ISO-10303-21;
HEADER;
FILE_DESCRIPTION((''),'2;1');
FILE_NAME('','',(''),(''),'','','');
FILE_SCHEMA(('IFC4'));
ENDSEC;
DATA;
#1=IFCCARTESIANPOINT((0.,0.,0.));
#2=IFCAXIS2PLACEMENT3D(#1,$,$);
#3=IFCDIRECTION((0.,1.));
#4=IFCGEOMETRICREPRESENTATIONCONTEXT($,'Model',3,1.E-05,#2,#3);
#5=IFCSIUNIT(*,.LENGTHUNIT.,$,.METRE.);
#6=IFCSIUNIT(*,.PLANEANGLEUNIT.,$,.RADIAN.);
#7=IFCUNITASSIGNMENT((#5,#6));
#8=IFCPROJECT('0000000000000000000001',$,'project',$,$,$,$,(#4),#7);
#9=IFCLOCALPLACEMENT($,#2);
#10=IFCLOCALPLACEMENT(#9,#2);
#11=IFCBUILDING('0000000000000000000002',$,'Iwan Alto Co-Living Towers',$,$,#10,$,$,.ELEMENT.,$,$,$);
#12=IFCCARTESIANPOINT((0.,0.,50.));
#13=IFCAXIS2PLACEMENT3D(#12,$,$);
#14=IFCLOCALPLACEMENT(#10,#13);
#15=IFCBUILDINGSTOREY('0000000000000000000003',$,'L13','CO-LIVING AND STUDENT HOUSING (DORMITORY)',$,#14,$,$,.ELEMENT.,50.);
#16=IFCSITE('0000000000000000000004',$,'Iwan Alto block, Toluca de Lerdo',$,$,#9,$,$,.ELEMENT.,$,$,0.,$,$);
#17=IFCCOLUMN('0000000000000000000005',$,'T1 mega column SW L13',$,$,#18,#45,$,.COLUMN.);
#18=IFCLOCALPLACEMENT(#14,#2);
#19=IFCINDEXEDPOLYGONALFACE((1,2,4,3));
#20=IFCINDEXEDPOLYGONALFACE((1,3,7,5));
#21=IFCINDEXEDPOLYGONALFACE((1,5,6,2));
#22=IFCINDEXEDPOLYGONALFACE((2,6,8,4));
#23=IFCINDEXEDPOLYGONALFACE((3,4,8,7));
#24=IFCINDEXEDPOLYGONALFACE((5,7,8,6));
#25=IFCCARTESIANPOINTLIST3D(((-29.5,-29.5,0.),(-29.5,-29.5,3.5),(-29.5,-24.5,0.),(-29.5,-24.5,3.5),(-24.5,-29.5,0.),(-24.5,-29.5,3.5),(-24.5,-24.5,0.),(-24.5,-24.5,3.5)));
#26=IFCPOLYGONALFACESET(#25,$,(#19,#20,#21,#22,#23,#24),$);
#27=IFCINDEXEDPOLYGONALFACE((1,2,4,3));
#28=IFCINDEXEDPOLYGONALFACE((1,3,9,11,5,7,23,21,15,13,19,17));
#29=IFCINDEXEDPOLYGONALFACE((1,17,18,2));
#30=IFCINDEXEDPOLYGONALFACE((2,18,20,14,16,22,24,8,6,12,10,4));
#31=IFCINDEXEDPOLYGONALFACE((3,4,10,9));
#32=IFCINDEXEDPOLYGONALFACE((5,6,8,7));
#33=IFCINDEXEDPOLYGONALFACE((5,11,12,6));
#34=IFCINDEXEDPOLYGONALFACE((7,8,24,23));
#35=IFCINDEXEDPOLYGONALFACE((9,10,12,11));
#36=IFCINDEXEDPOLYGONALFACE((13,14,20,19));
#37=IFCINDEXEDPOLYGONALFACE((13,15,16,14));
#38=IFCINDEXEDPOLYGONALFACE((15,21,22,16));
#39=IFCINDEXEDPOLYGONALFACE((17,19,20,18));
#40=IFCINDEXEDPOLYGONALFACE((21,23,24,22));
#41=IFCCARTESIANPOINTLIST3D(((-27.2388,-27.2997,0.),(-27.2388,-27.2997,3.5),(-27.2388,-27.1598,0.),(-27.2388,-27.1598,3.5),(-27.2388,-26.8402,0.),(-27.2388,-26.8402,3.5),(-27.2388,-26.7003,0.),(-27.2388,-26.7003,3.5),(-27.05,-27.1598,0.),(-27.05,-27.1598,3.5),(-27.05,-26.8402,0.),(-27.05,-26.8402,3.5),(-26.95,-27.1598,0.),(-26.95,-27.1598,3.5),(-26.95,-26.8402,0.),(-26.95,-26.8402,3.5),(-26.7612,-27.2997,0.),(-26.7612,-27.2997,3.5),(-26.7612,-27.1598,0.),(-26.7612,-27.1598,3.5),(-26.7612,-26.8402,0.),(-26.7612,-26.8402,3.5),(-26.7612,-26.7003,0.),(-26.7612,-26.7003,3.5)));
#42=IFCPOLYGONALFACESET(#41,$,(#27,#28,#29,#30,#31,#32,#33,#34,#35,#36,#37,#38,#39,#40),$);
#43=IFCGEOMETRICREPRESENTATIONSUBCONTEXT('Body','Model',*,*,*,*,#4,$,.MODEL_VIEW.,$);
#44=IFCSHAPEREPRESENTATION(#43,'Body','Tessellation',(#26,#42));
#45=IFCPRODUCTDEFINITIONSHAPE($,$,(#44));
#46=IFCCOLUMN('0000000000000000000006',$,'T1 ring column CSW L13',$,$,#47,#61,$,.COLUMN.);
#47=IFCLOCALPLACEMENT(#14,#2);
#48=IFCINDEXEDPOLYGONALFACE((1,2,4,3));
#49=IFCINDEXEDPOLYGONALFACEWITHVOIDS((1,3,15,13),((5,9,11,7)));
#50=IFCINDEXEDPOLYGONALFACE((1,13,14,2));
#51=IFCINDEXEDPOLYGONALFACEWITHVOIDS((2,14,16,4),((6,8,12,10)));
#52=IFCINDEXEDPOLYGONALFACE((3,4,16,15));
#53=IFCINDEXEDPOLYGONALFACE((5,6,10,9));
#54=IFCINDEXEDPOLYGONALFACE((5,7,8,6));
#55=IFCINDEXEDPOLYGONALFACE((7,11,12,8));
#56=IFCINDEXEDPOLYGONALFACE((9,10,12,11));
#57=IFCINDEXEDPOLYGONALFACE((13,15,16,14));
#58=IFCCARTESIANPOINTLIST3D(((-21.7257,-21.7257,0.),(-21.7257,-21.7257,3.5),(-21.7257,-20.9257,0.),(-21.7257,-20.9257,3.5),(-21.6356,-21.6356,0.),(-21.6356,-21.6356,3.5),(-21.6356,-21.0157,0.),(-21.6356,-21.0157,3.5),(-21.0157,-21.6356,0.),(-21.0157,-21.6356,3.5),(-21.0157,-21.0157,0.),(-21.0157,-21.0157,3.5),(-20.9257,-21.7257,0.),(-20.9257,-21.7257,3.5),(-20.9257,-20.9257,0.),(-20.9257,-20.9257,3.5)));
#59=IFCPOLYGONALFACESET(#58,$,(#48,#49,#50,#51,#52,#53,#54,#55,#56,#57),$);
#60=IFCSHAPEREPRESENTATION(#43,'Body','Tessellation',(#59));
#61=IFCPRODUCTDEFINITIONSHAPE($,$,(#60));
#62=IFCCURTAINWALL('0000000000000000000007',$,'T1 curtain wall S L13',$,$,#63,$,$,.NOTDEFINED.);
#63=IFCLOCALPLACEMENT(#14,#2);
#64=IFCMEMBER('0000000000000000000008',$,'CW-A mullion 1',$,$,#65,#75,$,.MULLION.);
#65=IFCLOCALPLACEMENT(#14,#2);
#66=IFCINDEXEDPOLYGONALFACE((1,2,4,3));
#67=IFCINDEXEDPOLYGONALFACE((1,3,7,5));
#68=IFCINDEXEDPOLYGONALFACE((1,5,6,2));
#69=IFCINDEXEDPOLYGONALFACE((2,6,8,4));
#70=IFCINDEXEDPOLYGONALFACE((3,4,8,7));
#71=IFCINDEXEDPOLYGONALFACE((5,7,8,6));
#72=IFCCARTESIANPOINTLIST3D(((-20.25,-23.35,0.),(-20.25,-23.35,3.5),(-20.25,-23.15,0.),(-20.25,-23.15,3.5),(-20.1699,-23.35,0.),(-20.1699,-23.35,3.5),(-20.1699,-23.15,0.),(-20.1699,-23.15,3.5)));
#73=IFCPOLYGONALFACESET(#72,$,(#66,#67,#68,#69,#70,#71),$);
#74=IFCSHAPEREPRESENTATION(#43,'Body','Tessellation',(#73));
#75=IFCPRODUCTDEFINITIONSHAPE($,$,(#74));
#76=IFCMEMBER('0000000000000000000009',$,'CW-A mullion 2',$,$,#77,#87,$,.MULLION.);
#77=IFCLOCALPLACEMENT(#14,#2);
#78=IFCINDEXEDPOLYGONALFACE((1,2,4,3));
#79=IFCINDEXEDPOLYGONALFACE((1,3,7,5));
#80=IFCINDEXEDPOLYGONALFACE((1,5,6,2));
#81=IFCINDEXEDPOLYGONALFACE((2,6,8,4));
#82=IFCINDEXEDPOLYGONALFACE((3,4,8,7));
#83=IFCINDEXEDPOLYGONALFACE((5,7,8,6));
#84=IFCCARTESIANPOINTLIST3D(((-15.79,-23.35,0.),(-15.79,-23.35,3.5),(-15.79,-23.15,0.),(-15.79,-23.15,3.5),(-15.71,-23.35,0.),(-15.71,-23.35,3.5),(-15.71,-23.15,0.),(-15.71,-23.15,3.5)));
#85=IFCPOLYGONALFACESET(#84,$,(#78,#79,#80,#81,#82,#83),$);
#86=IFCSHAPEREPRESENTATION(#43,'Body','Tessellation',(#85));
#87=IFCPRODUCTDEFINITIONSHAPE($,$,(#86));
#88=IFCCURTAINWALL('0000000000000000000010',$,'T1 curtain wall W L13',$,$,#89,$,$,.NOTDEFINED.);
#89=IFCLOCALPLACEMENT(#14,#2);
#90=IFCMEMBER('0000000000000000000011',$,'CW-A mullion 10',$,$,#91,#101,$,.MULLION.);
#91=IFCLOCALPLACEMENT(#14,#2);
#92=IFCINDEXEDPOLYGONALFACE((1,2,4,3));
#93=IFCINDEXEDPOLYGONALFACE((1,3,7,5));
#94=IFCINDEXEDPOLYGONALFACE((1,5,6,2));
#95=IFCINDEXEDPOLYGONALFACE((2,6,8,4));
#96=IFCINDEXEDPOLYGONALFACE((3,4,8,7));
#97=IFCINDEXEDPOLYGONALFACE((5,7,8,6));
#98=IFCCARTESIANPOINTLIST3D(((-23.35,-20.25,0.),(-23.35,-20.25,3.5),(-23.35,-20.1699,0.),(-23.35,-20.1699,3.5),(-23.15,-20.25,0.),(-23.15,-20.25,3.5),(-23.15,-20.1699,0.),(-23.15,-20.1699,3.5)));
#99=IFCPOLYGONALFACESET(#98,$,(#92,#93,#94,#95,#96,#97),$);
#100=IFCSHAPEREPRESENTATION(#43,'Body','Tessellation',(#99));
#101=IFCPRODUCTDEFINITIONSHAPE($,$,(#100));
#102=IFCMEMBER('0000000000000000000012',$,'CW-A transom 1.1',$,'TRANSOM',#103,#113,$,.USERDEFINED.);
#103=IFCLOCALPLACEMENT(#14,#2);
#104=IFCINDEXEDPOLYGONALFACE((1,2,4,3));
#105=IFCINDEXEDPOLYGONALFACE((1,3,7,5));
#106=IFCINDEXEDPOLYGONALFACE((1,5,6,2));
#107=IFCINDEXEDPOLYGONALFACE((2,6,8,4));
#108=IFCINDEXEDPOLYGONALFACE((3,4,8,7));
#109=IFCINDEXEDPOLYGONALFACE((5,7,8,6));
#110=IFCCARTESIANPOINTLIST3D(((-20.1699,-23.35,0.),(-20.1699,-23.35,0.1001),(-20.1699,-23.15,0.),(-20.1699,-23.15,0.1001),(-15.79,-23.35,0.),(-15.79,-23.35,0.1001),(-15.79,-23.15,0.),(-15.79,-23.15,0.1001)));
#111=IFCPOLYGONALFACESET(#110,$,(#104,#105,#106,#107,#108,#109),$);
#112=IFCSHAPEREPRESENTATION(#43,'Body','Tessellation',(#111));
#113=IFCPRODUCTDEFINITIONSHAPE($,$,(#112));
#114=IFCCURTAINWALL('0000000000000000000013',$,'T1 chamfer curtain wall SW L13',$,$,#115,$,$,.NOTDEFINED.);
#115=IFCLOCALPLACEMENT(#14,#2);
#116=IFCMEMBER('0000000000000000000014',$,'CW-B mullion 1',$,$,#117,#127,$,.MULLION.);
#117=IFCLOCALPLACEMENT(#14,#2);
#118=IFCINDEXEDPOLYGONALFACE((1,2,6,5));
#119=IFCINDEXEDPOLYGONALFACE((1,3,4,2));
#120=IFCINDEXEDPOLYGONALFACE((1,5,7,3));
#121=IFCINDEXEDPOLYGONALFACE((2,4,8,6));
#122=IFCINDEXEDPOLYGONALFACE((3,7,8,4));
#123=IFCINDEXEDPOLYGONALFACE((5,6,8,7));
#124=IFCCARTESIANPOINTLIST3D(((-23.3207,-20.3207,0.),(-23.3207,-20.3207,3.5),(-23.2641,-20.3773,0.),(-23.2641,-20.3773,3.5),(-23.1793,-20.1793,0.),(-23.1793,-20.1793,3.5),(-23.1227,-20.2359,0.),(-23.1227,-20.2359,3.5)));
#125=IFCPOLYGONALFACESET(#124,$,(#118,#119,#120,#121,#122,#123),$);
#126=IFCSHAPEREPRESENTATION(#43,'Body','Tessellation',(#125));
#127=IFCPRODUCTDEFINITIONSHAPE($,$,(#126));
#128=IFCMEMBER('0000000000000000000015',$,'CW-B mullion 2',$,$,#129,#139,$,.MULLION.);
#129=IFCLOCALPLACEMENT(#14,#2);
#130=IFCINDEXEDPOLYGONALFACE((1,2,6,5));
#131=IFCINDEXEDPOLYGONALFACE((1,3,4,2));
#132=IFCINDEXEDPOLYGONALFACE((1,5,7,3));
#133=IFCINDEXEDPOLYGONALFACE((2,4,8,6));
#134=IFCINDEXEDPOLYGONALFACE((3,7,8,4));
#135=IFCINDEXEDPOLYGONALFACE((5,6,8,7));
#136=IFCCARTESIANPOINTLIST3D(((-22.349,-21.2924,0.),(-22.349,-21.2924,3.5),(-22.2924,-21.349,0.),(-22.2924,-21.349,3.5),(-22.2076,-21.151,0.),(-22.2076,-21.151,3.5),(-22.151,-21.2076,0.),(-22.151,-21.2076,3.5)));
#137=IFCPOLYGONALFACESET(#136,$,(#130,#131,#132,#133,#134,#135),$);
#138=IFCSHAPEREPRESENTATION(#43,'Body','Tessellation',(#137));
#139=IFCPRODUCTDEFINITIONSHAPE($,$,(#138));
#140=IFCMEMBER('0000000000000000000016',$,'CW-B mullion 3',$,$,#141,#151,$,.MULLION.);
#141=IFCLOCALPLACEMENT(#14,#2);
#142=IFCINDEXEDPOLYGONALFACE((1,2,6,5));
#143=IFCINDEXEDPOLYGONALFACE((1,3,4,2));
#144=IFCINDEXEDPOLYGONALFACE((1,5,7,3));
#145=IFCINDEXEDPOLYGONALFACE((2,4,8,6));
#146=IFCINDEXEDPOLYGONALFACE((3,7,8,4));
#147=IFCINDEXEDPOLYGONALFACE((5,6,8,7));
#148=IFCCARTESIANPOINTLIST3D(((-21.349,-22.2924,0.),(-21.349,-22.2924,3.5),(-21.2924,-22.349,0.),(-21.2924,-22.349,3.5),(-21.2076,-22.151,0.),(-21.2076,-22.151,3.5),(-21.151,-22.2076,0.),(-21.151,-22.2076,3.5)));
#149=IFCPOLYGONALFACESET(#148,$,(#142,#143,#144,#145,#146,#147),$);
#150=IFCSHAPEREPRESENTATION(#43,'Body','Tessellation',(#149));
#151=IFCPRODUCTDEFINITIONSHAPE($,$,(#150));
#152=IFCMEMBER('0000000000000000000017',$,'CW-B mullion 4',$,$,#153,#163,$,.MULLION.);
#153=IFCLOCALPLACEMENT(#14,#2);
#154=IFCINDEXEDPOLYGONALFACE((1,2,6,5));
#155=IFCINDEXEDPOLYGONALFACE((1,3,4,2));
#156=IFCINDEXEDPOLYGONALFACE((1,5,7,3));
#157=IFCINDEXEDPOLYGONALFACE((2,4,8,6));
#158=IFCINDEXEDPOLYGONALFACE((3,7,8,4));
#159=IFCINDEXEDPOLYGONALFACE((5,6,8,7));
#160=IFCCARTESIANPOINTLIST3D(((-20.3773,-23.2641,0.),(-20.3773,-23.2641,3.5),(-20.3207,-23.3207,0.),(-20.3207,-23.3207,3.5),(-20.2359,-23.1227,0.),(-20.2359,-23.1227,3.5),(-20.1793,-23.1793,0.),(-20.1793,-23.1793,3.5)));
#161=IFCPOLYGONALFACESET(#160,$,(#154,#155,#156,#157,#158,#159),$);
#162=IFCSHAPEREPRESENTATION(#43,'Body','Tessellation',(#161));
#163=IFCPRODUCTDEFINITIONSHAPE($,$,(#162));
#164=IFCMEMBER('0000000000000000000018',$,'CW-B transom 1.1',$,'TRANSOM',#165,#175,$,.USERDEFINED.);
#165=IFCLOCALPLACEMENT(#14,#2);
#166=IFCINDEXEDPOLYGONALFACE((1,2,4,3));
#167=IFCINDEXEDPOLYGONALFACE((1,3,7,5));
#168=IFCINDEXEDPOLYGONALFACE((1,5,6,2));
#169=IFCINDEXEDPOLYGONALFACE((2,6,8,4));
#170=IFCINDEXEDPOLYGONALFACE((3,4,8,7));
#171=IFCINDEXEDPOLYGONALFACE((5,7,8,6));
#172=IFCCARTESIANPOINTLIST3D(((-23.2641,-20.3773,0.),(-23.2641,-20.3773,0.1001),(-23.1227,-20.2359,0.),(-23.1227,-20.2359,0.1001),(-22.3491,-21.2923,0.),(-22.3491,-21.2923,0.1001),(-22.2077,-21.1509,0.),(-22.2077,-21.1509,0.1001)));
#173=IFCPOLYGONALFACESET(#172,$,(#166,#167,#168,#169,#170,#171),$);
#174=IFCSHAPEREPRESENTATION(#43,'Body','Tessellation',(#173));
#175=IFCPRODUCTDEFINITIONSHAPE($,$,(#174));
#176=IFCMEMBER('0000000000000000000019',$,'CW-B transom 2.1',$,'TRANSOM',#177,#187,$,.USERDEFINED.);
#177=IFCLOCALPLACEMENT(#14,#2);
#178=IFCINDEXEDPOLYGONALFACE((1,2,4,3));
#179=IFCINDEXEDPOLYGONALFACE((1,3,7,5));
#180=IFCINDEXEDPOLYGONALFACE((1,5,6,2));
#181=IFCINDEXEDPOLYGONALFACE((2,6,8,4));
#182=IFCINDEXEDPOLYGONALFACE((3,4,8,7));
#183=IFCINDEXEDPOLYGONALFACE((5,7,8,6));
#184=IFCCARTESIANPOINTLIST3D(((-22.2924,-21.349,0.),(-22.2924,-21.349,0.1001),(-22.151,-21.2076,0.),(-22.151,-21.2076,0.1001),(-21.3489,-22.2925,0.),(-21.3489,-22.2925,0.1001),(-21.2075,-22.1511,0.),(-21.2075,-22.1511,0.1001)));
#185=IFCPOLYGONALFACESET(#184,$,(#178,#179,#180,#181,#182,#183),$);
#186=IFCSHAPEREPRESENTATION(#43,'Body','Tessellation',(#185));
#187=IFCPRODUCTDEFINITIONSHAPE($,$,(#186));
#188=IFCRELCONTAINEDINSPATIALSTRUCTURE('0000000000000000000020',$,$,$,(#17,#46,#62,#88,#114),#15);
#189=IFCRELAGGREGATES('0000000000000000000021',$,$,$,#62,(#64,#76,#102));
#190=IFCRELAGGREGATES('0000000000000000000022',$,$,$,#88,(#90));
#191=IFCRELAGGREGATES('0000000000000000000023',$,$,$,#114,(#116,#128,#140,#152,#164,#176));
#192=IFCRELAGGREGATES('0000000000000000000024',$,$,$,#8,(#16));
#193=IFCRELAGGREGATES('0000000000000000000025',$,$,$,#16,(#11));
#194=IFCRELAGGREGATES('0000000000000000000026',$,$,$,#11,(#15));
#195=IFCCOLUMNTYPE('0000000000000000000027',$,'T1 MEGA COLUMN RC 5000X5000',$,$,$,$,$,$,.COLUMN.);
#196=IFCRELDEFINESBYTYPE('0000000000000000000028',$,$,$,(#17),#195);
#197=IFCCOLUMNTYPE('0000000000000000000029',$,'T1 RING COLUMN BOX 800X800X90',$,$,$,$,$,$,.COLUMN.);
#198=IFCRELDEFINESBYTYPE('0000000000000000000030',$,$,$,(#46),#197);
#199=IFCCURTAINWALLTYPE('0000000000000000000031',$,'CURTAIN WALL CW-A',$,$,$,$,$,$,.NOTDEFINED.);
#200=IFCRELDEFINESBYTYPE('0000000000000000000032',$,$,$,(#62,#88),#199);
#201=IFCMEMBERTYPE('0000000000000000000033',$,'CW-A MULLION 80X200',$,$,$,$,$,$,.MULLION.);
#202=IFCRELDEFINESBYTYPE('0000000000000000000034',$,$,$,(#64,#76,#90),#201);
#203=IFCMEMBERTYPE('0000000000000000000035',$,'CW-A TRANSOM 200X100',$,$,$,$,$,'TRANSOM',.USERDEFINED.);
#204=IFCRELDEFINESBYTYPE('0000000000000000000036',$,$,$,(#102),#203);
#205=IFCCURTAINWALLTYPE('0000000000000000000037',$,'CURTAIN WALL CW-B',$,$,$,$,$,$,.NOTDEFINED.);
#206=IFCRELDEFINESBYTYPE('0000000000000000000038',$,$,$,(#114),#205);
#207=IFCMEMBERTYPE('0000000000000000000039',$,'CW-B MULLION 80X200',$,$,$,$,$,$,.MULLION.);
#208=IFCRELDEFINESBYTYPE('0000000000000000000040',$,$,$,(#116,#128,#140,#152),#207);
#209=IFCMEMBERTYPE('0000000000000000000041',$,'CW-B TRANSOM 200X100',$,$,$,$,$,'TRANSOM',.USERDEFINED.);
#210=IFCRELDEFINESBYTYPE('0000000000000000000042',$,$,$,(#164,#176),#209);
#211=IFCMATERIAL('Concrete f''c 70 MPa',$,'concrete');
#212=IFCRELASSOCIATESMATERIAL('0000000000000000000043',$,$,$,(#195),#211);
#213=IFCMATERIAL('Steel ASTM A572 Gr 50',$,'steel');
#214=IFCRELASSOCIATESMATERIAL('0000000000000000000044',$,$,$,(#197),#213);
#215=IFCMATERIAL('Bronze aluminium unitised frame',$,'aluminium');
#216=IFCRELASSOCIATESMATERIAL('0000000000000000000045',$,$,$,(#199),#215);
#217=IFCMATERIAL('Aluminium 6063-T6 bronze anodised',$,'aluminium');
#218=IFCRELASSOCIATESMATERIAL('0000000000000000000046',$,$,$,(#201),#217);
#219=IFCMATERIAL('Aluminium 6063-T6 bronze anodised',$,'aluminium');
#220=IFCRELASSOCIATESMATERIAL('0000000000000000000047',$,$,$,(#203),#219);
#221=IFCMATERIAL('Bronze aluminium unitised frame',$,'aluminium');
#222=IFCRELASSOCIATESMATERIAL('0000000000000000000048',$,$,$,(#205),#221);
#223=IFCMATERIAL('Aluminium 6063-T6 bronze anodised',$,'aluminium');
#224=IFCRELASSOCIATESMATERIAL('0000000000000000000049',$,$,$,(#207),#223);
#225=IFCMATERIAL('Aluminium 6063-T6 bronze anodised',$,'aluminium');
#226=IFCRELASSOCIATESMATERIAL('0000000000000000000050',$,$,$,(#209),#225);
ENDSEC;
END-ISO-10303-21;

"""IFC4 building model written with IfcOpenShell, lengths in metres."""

from ifc_helpers import new_model, si_unit, direction, frame, origin, origin_2d, place, context, subcontext, project, spatial, rectangle, hollow_rectangle, i_section, extrude, material, material_profile, profile_set, type_object, element, aggregate, save


model = new_model("IFC4")

# Units and contexts
model_context = context("Model", 3, precision=1e-05, world=origin(), true_north=direction((0.0, 1.0)))
body_context = subcontext(model_context, "Body", "Model", "MODEL_VIEW")
ifc_project = project(units=[si_unit("LENGTHUNIT", "METRE"), si_unit("PLANEANGLEUNIT", "RADIAN")], contexts=[model_context])

# Site, building, storey
site_placement = place(None, origin())
site = spatial("IfcSite", under=ifc_project, at=site_placement, Name="Iwan Alto block, Toluca de Lerdo", CompositionType="ELEMENT", RefElevation=0.0)
building_placement = place(site_placement, origin())
building = spatial("IfcBuilding", under=site, at=building_placement, Name="Iwan Alto Co-Living Towers", CompositionType="ELEMENT")
storey_placement = place(building_placement, frame((0.0, 0.0, 50.0)))
storey = spatial("IfcBuildingStorey", under=building, at=storey_placement, Name="L13", Description="CO-LIVING AND STUDENT HOUSING (DORMITORY)", CompositionType="ELEMENT", Elevation=50.0)

# Columns
ifc_material_1 = material(Name="Concrete f'c 70 MPa", Category="concrete")
ifc_material_profile_1 = material_profile(ifc_material_1, rectangle(XDim=5.0, YDim=5.0, at=origin_2d()), Name="RC 5000X5000")
ifc_profile_set_1 = profile_set([ifc_material_profile_1], Name="Concrete f'c 70 MPa")
column_type_1 = type_object("IfcColumnType", Name="T1 MEGA COLUMN RC 5000X5000", PredefinedType="COLUMN", material=ifc_profile_set_1)
column_1_placement = place(storey_placement, frame((-27.0, -27.0, 0.0), z_axis=(0.0, 0.0, 1.0), x_axis=(1.0, 0.0, 0.0)))
element("IfcColumn", 1, at=column_1_placement, inside=storey, type_object=column_type_1, Name="T1 mega column SW L13", PredefinedType="COLUMN", context=body_context, shape_type="SweptSolid", body=[
    extrude(rectangle(XDim=5.0, YDim=5.0, at=origin_2d()), origin(), (0.0, 0.0, 1.0), 3.5),
    extrude(i_section(OverallWidth=0.4775, OverallDepth=0.5994, WebThickness=0.1001, FlangeThickness=0.1399, at=origin_2d()), origin(), (0.0, 0.0, 1.0), 3.5),
])
ifc_material_2 = material(Name="Steel ASTM A572 Gr 50", Category="steel")
ifc_material_profile_2 = material_profile(ifc_material_2, hollow_rectangle(XDim=0.8, YDim=0.8, WallThickness=0.0901, at=origin_2d()), Name="BOX 800X800X90")
ifc_profile_set_2 = profile_set([ifc_material_profile_2], Name="Steel ASTM A572 Gr 50")
column_type_2 = type_object("IfcColumnType", Name="T1 RING COLUMN BOX 800X800X90", PredefinedType="COLUMN", material=ifc_profile_set_2)
column_2_placement = place(storey_placement, frame((-21.3257, -21.3257, 0.0), z_axis=(0.0, 0.0, 1.0), x_axis=(1.0, 0.0, 0.0)))
element("IfcColumn", 2, at=column_2_placement, inside=storey, type_object=column_type_2, Name="T1 ring column CSW L13", PredefinedType="COLUMN", context=body_context, shape_type="SweptSolid", body=[
    extrude(hollow_rectangle(XDim=0.8, YDim=0.8, WallThickness=0.0901, at=origin_2d()), origin(), (0.0, 0.0, 1.0), 3.5),
])

# Curtain wall, members
ifc_material_3 = material(Name="Bronze aluminium unitised frame", Category="aluminium")
curtain_wall_type_1 = type_object("IfcCurtainWallType", Name="CURTAIN WALL CW-A", PredefinedType="NOTDEFINED", material=ifc_material_3)
curtain_wall_1_placement = place(storey_placement, origin())
curtain_wall_1 = element("IfcCurtainWall", 3, at=curtain_wall_1_placement, inside=storey, type_object=curtain_wall_type_1, Name="T1 curtain wall S L13", PredefinedType="NOTDEFINED")
ifc_material_4 = material(Name="Aluminium 6063-T6 bronze anodised", Category="aluminium")
ifc_material_profile_3 = material_profile(ifc_material_4, rectangle(XDim=0.2, YDim=0.0801, at=origin_2d()), Name="AL 80X200")
ifc_profile_set_3 = profile_set([ifc_material_profile_3], Name="Aluminium 6063-T6 bronze anodised")
member_type_1 = type_object("IfcMemberType", Name="CW-A MULLION 80X200", PredefinedType="MULLION", material=ifc_profile_set_3)
member_1_placement = place(storey_placement, frame((-20.21, -23.25, 0.0), z_axis=(0.0, 0.0, 1.0), x_axis=(0.0, 1.0, 0.0)))
member_1 = element("IfcMember", 4, at=member_1_placement, type_object=member_type_1, Name="CW-A mullion 1", PredefinedType="MULLION", context=body_context, shape_type="SweptSolid", body=[
    extrude(rectangle(XDim=0.2, YDim=0.0801, at=origin_2d()), origin(), (0.0, 0.0, 1.0), 3.5),
])
member_2_placement = place(storey_placement, frame((-15.75, -23.25, 0.0), z_axis=(0.0, 0.0, 1.0), x_axis=(0.0, 1.0, 0.0)))
member_2 = element("IfcMember", 5, at=member_2_placement, type_object=member_type_1, Name="CW-A mullion 2", PredefinedType="MULLION", context=body_context, shape_type="SweptSolid", body=[
    extrude(rectangle(XDim=0.2, YDim=0.0801, at=origin_2d()), origin(), (0.0, 0.0, 1.0), 3.5),
])

# Curtain wall, member
curtain_wall_2_placement = place(storey_placement, origin())
curtain_wall_2 = element("IfcCurtainWall", 6, at=curtain_wall_2_placement, inside=storey, type_object=curtain_wall_type_1, Name="T1 curtain wall W L13", PredefinedType="NOTDEFINED")
member_3_placement = place(storey_placement, frame((-23.25, -20.21, 0.0), z_axis=(0.0, 0.0, 1.0), x_axis=(1.0, 0.0, 0.0)))
member_3 = element("IfcMember", 7, at=member_3_placement, type_object=member_type_1, Name="CW-A mullion 10", PredefinedType="MULLION", context=body_context, shape_type="SweptSolid", body=[
    extrude(rectangle(XDim=0.2, YDim=0.0801, at=origin_2d()), origin(), (0.0, 0.0, 1.0), 3.5),
])

# Member
ifc_material_5 = material(Name="Aluminium 6063-T6 bronze anodised", Category="aluminium")
ifc_material_profile_4 = material_profile(ifc_material_5, rectangle(XDim=0.2, YDim=0.1001, at=origin_2d()), Name="AL 200X100")
ifc_profile_set_4 = profile_set([ifc_material_profile_4], Name="Aluminium 6063-T6 bronze anodised")
member_type_2 = type_object("IfcMemberType", Name="CW-A TRANSOM 200X100", ElementType="TRANSOM", PredefinedType="USERDEFINED", material=ifc_profile_set_4)
member_4_placement = place(storey_placement, frame((-20.1699, -23.25, 0.05), z_axis=(1.0, 0.0, 0.0), x_axis=(0.0, 1.0, 0.0)))
member_4 = element("IfcMember", 8, at=member_4_placement, type_object=member_type_2, Name="CW-A transom 1.1", ObjectType="TRANSOM", PredefinedType="USERDEFINED", context=body_context, shape_type="SweptSolid", body=[
    extrude(rectangle(XDim=0.2, YDim=0.1001, at=origin_2d()), origin(), (0.0, 0.0, 1.0), 4.3799),
])

# Curtain wall, members
ifc_material_6 = material(Name="Bronze aluminium unitised frame", Category="aluminium")
curtain_wall_type_2 = type_object("IfcCurtainWallType", Name="CURTAIN WALL CW-B", PredefinedType="NOTDEFINED", material=ifc_material_6)
curtain_wall_3_placement = place(storey_placement, origin())
curtain_wall_3 = element("IfcCurtainWall", 9, at=curtain_wall_3_placement, inside=storey, type_object=curtain_wall_type_2, Name="T1 chamfer curtain wall SW L13", PredefinedType="NOTDEFINED")
ifc_material_7 = material(Name="Aluminium 6063-T6 bronze anodised", Category="aluminium")
ifc_material_profile_5 = material_profile(ifc_material_7, rectangle(XDim=0.2, YDim=0.0801, at=origin_2d()), Name="AL 80X200")
ifc_profile_set_5 = profile_set([ifc_material_profile_5], Name="Aluminium 6063-T6 bronze anodised")
member_type_3 = type_object("IfcMemberType", Name="CW-B MULLION 80X200", PredefinedType="MULLION", material=ifc_profile_set_5)
member_5_placement = place(storey_placement, frame((-23.2217, -20.2783, 0.0), z_axis=(0.0, 0.0, 1.0), x_axis=(0.707107, 0.707107, 0.0)))
member_5 = element("IfcMember", 10, at=member_5_placement, type_object=member_type_3, Name="CW-B mullion 1", PredefinedType="MULLION", context=body_context, shape_type="SweptSolid", body=[
    extrude(rectangle(XDim=0.2, YDim=0.0801, at=origin_2d()), origin(), (0.0, 0.0, 1.0), 3.5),
])
member_6_placement = place(storey_placement, frame((-22.25, -21.25, 0.0), z_axis=(0.0, 0.0, 1.0), x_axis=(0.707107, 0.707107, 0.0)))
member_6 = element("IfcMember", 11, at=member_6_placement, type_object=member_type_3, Name="CW-B mullion 2", PredefinedType="MULLION", context=body_context, shape_type="SweptSolid", body=[
    extrude(rectangle(XDim=0.2, YDim=0.0801, at=origin_2d()), origin(), (0.0, 0.0, 1.0), 3.5),
])
member_7_placement = place(storey_placement, frame((-21.25, -22.25, 0.0), z_axis=(0.0, 0.0, 1.0), x_axis=(0.707107, 0.707107, 0.0)))
member_7 = element("IfcMember", 12, at=member_7_placement, type_object=member_type_3, Name="CW-B mullion 3", PredefinedType="MULLION", context=body_context, shape_type="SweptSolid", body=[
    extrude(rectangle(XDim=0.2, YDim=0.0801, at=origin_2d()), origin(), (0.0, 0.0, 1.0), 3.5),
])
member_8_placement = place(storey_placement, frame((-20.2783, -23.2217, 0.0), z_axis=(0.0, 0.0, 1.0), x_axis=(0.707107, 0.707107, 0.0)))
member_8 = element("IfcMember", 13, at=member_8_placement, type_object=member_type_3, Name="CW-B mullion 4", PredefinedType="MULLION", context=body_context, shape_type="SweptSolid", body=[
    extrude(rectangle(XDim=0.2, YDim=0.0801, at=origin_2d()), origin(), (0.0, 0.0, 1.0), 3.5),
])
ifc_material_8 = material(Name="Aluminium 6063-T6 bronze anodised", Category="aluminium")
ifc_material_profile_6 = material_profile(ifc_material_8, rectangle(XDim=0.2, YDim=0.1001, at=origin_2d()), Name="AL 200X100")
ifc_profile_set_6 = profile_set([ifc_material_profile_6], Name="Aluminium 6063-T6 bronze anodised")
member_type_4 = type_object("IfcMemberType", Name="CW-B TRANSOM 200X100", ElementType="TRANSOM", PredefinedType="USERDEFINED", material=ifc_profile_set_6)
member_9_placement = place(storey_placement, frame((-23.1934, -20.3066, 0.05), z_axis=(0.707107, -0.707107, 0.0), x_axis=(0.707107, 0.707107, 0.0)))
member_9 = element("IfcMember", 14, at=member_9_placement, type_object=member_type_4, Name="CW-B transom 1.1", ObjectType="TRANSOM", PredefinedType="USERDEFINED", context=body_context, shape_type="SweptSolid", body=[
    extrude(rectangle(XDim=0.2, YDim=0.1001, at=origin_2d()), origin(), (0.0, 0.0, 1.0), 1.2939),
])
member_10_placement = place(storey_placement, frame((-22.2217, -21.2783, 0.05), z_axis=(0.707107, -0.707107, 0.0), x_axis=(0.707107, 0.707107, 0.0)))
member_10 = element("IfcMember", 15, at=member_10_placement, type_object=member_type_4, Name="CW-B transom 2.1", ObjectType="TRANSOM", PredefinedType="USERDEFINED", context=body_context, shape_type="SweptSolid", body=[
    extrude(rectangle(XDim=0.2, YDim=0.1001, at=origin_2d()), origin(), (0.0, 0.0, 1.0), 1.3342),
])

aggregate(curtain_wall_1, [member_1, member_2, member_4])
aggregate(curtain_wall_2, [member_3])
aggregate(curtain_wall_3, [member_5, member_6, member_7, member_8, member_9, member_10])

save(model, "model.ifc")
